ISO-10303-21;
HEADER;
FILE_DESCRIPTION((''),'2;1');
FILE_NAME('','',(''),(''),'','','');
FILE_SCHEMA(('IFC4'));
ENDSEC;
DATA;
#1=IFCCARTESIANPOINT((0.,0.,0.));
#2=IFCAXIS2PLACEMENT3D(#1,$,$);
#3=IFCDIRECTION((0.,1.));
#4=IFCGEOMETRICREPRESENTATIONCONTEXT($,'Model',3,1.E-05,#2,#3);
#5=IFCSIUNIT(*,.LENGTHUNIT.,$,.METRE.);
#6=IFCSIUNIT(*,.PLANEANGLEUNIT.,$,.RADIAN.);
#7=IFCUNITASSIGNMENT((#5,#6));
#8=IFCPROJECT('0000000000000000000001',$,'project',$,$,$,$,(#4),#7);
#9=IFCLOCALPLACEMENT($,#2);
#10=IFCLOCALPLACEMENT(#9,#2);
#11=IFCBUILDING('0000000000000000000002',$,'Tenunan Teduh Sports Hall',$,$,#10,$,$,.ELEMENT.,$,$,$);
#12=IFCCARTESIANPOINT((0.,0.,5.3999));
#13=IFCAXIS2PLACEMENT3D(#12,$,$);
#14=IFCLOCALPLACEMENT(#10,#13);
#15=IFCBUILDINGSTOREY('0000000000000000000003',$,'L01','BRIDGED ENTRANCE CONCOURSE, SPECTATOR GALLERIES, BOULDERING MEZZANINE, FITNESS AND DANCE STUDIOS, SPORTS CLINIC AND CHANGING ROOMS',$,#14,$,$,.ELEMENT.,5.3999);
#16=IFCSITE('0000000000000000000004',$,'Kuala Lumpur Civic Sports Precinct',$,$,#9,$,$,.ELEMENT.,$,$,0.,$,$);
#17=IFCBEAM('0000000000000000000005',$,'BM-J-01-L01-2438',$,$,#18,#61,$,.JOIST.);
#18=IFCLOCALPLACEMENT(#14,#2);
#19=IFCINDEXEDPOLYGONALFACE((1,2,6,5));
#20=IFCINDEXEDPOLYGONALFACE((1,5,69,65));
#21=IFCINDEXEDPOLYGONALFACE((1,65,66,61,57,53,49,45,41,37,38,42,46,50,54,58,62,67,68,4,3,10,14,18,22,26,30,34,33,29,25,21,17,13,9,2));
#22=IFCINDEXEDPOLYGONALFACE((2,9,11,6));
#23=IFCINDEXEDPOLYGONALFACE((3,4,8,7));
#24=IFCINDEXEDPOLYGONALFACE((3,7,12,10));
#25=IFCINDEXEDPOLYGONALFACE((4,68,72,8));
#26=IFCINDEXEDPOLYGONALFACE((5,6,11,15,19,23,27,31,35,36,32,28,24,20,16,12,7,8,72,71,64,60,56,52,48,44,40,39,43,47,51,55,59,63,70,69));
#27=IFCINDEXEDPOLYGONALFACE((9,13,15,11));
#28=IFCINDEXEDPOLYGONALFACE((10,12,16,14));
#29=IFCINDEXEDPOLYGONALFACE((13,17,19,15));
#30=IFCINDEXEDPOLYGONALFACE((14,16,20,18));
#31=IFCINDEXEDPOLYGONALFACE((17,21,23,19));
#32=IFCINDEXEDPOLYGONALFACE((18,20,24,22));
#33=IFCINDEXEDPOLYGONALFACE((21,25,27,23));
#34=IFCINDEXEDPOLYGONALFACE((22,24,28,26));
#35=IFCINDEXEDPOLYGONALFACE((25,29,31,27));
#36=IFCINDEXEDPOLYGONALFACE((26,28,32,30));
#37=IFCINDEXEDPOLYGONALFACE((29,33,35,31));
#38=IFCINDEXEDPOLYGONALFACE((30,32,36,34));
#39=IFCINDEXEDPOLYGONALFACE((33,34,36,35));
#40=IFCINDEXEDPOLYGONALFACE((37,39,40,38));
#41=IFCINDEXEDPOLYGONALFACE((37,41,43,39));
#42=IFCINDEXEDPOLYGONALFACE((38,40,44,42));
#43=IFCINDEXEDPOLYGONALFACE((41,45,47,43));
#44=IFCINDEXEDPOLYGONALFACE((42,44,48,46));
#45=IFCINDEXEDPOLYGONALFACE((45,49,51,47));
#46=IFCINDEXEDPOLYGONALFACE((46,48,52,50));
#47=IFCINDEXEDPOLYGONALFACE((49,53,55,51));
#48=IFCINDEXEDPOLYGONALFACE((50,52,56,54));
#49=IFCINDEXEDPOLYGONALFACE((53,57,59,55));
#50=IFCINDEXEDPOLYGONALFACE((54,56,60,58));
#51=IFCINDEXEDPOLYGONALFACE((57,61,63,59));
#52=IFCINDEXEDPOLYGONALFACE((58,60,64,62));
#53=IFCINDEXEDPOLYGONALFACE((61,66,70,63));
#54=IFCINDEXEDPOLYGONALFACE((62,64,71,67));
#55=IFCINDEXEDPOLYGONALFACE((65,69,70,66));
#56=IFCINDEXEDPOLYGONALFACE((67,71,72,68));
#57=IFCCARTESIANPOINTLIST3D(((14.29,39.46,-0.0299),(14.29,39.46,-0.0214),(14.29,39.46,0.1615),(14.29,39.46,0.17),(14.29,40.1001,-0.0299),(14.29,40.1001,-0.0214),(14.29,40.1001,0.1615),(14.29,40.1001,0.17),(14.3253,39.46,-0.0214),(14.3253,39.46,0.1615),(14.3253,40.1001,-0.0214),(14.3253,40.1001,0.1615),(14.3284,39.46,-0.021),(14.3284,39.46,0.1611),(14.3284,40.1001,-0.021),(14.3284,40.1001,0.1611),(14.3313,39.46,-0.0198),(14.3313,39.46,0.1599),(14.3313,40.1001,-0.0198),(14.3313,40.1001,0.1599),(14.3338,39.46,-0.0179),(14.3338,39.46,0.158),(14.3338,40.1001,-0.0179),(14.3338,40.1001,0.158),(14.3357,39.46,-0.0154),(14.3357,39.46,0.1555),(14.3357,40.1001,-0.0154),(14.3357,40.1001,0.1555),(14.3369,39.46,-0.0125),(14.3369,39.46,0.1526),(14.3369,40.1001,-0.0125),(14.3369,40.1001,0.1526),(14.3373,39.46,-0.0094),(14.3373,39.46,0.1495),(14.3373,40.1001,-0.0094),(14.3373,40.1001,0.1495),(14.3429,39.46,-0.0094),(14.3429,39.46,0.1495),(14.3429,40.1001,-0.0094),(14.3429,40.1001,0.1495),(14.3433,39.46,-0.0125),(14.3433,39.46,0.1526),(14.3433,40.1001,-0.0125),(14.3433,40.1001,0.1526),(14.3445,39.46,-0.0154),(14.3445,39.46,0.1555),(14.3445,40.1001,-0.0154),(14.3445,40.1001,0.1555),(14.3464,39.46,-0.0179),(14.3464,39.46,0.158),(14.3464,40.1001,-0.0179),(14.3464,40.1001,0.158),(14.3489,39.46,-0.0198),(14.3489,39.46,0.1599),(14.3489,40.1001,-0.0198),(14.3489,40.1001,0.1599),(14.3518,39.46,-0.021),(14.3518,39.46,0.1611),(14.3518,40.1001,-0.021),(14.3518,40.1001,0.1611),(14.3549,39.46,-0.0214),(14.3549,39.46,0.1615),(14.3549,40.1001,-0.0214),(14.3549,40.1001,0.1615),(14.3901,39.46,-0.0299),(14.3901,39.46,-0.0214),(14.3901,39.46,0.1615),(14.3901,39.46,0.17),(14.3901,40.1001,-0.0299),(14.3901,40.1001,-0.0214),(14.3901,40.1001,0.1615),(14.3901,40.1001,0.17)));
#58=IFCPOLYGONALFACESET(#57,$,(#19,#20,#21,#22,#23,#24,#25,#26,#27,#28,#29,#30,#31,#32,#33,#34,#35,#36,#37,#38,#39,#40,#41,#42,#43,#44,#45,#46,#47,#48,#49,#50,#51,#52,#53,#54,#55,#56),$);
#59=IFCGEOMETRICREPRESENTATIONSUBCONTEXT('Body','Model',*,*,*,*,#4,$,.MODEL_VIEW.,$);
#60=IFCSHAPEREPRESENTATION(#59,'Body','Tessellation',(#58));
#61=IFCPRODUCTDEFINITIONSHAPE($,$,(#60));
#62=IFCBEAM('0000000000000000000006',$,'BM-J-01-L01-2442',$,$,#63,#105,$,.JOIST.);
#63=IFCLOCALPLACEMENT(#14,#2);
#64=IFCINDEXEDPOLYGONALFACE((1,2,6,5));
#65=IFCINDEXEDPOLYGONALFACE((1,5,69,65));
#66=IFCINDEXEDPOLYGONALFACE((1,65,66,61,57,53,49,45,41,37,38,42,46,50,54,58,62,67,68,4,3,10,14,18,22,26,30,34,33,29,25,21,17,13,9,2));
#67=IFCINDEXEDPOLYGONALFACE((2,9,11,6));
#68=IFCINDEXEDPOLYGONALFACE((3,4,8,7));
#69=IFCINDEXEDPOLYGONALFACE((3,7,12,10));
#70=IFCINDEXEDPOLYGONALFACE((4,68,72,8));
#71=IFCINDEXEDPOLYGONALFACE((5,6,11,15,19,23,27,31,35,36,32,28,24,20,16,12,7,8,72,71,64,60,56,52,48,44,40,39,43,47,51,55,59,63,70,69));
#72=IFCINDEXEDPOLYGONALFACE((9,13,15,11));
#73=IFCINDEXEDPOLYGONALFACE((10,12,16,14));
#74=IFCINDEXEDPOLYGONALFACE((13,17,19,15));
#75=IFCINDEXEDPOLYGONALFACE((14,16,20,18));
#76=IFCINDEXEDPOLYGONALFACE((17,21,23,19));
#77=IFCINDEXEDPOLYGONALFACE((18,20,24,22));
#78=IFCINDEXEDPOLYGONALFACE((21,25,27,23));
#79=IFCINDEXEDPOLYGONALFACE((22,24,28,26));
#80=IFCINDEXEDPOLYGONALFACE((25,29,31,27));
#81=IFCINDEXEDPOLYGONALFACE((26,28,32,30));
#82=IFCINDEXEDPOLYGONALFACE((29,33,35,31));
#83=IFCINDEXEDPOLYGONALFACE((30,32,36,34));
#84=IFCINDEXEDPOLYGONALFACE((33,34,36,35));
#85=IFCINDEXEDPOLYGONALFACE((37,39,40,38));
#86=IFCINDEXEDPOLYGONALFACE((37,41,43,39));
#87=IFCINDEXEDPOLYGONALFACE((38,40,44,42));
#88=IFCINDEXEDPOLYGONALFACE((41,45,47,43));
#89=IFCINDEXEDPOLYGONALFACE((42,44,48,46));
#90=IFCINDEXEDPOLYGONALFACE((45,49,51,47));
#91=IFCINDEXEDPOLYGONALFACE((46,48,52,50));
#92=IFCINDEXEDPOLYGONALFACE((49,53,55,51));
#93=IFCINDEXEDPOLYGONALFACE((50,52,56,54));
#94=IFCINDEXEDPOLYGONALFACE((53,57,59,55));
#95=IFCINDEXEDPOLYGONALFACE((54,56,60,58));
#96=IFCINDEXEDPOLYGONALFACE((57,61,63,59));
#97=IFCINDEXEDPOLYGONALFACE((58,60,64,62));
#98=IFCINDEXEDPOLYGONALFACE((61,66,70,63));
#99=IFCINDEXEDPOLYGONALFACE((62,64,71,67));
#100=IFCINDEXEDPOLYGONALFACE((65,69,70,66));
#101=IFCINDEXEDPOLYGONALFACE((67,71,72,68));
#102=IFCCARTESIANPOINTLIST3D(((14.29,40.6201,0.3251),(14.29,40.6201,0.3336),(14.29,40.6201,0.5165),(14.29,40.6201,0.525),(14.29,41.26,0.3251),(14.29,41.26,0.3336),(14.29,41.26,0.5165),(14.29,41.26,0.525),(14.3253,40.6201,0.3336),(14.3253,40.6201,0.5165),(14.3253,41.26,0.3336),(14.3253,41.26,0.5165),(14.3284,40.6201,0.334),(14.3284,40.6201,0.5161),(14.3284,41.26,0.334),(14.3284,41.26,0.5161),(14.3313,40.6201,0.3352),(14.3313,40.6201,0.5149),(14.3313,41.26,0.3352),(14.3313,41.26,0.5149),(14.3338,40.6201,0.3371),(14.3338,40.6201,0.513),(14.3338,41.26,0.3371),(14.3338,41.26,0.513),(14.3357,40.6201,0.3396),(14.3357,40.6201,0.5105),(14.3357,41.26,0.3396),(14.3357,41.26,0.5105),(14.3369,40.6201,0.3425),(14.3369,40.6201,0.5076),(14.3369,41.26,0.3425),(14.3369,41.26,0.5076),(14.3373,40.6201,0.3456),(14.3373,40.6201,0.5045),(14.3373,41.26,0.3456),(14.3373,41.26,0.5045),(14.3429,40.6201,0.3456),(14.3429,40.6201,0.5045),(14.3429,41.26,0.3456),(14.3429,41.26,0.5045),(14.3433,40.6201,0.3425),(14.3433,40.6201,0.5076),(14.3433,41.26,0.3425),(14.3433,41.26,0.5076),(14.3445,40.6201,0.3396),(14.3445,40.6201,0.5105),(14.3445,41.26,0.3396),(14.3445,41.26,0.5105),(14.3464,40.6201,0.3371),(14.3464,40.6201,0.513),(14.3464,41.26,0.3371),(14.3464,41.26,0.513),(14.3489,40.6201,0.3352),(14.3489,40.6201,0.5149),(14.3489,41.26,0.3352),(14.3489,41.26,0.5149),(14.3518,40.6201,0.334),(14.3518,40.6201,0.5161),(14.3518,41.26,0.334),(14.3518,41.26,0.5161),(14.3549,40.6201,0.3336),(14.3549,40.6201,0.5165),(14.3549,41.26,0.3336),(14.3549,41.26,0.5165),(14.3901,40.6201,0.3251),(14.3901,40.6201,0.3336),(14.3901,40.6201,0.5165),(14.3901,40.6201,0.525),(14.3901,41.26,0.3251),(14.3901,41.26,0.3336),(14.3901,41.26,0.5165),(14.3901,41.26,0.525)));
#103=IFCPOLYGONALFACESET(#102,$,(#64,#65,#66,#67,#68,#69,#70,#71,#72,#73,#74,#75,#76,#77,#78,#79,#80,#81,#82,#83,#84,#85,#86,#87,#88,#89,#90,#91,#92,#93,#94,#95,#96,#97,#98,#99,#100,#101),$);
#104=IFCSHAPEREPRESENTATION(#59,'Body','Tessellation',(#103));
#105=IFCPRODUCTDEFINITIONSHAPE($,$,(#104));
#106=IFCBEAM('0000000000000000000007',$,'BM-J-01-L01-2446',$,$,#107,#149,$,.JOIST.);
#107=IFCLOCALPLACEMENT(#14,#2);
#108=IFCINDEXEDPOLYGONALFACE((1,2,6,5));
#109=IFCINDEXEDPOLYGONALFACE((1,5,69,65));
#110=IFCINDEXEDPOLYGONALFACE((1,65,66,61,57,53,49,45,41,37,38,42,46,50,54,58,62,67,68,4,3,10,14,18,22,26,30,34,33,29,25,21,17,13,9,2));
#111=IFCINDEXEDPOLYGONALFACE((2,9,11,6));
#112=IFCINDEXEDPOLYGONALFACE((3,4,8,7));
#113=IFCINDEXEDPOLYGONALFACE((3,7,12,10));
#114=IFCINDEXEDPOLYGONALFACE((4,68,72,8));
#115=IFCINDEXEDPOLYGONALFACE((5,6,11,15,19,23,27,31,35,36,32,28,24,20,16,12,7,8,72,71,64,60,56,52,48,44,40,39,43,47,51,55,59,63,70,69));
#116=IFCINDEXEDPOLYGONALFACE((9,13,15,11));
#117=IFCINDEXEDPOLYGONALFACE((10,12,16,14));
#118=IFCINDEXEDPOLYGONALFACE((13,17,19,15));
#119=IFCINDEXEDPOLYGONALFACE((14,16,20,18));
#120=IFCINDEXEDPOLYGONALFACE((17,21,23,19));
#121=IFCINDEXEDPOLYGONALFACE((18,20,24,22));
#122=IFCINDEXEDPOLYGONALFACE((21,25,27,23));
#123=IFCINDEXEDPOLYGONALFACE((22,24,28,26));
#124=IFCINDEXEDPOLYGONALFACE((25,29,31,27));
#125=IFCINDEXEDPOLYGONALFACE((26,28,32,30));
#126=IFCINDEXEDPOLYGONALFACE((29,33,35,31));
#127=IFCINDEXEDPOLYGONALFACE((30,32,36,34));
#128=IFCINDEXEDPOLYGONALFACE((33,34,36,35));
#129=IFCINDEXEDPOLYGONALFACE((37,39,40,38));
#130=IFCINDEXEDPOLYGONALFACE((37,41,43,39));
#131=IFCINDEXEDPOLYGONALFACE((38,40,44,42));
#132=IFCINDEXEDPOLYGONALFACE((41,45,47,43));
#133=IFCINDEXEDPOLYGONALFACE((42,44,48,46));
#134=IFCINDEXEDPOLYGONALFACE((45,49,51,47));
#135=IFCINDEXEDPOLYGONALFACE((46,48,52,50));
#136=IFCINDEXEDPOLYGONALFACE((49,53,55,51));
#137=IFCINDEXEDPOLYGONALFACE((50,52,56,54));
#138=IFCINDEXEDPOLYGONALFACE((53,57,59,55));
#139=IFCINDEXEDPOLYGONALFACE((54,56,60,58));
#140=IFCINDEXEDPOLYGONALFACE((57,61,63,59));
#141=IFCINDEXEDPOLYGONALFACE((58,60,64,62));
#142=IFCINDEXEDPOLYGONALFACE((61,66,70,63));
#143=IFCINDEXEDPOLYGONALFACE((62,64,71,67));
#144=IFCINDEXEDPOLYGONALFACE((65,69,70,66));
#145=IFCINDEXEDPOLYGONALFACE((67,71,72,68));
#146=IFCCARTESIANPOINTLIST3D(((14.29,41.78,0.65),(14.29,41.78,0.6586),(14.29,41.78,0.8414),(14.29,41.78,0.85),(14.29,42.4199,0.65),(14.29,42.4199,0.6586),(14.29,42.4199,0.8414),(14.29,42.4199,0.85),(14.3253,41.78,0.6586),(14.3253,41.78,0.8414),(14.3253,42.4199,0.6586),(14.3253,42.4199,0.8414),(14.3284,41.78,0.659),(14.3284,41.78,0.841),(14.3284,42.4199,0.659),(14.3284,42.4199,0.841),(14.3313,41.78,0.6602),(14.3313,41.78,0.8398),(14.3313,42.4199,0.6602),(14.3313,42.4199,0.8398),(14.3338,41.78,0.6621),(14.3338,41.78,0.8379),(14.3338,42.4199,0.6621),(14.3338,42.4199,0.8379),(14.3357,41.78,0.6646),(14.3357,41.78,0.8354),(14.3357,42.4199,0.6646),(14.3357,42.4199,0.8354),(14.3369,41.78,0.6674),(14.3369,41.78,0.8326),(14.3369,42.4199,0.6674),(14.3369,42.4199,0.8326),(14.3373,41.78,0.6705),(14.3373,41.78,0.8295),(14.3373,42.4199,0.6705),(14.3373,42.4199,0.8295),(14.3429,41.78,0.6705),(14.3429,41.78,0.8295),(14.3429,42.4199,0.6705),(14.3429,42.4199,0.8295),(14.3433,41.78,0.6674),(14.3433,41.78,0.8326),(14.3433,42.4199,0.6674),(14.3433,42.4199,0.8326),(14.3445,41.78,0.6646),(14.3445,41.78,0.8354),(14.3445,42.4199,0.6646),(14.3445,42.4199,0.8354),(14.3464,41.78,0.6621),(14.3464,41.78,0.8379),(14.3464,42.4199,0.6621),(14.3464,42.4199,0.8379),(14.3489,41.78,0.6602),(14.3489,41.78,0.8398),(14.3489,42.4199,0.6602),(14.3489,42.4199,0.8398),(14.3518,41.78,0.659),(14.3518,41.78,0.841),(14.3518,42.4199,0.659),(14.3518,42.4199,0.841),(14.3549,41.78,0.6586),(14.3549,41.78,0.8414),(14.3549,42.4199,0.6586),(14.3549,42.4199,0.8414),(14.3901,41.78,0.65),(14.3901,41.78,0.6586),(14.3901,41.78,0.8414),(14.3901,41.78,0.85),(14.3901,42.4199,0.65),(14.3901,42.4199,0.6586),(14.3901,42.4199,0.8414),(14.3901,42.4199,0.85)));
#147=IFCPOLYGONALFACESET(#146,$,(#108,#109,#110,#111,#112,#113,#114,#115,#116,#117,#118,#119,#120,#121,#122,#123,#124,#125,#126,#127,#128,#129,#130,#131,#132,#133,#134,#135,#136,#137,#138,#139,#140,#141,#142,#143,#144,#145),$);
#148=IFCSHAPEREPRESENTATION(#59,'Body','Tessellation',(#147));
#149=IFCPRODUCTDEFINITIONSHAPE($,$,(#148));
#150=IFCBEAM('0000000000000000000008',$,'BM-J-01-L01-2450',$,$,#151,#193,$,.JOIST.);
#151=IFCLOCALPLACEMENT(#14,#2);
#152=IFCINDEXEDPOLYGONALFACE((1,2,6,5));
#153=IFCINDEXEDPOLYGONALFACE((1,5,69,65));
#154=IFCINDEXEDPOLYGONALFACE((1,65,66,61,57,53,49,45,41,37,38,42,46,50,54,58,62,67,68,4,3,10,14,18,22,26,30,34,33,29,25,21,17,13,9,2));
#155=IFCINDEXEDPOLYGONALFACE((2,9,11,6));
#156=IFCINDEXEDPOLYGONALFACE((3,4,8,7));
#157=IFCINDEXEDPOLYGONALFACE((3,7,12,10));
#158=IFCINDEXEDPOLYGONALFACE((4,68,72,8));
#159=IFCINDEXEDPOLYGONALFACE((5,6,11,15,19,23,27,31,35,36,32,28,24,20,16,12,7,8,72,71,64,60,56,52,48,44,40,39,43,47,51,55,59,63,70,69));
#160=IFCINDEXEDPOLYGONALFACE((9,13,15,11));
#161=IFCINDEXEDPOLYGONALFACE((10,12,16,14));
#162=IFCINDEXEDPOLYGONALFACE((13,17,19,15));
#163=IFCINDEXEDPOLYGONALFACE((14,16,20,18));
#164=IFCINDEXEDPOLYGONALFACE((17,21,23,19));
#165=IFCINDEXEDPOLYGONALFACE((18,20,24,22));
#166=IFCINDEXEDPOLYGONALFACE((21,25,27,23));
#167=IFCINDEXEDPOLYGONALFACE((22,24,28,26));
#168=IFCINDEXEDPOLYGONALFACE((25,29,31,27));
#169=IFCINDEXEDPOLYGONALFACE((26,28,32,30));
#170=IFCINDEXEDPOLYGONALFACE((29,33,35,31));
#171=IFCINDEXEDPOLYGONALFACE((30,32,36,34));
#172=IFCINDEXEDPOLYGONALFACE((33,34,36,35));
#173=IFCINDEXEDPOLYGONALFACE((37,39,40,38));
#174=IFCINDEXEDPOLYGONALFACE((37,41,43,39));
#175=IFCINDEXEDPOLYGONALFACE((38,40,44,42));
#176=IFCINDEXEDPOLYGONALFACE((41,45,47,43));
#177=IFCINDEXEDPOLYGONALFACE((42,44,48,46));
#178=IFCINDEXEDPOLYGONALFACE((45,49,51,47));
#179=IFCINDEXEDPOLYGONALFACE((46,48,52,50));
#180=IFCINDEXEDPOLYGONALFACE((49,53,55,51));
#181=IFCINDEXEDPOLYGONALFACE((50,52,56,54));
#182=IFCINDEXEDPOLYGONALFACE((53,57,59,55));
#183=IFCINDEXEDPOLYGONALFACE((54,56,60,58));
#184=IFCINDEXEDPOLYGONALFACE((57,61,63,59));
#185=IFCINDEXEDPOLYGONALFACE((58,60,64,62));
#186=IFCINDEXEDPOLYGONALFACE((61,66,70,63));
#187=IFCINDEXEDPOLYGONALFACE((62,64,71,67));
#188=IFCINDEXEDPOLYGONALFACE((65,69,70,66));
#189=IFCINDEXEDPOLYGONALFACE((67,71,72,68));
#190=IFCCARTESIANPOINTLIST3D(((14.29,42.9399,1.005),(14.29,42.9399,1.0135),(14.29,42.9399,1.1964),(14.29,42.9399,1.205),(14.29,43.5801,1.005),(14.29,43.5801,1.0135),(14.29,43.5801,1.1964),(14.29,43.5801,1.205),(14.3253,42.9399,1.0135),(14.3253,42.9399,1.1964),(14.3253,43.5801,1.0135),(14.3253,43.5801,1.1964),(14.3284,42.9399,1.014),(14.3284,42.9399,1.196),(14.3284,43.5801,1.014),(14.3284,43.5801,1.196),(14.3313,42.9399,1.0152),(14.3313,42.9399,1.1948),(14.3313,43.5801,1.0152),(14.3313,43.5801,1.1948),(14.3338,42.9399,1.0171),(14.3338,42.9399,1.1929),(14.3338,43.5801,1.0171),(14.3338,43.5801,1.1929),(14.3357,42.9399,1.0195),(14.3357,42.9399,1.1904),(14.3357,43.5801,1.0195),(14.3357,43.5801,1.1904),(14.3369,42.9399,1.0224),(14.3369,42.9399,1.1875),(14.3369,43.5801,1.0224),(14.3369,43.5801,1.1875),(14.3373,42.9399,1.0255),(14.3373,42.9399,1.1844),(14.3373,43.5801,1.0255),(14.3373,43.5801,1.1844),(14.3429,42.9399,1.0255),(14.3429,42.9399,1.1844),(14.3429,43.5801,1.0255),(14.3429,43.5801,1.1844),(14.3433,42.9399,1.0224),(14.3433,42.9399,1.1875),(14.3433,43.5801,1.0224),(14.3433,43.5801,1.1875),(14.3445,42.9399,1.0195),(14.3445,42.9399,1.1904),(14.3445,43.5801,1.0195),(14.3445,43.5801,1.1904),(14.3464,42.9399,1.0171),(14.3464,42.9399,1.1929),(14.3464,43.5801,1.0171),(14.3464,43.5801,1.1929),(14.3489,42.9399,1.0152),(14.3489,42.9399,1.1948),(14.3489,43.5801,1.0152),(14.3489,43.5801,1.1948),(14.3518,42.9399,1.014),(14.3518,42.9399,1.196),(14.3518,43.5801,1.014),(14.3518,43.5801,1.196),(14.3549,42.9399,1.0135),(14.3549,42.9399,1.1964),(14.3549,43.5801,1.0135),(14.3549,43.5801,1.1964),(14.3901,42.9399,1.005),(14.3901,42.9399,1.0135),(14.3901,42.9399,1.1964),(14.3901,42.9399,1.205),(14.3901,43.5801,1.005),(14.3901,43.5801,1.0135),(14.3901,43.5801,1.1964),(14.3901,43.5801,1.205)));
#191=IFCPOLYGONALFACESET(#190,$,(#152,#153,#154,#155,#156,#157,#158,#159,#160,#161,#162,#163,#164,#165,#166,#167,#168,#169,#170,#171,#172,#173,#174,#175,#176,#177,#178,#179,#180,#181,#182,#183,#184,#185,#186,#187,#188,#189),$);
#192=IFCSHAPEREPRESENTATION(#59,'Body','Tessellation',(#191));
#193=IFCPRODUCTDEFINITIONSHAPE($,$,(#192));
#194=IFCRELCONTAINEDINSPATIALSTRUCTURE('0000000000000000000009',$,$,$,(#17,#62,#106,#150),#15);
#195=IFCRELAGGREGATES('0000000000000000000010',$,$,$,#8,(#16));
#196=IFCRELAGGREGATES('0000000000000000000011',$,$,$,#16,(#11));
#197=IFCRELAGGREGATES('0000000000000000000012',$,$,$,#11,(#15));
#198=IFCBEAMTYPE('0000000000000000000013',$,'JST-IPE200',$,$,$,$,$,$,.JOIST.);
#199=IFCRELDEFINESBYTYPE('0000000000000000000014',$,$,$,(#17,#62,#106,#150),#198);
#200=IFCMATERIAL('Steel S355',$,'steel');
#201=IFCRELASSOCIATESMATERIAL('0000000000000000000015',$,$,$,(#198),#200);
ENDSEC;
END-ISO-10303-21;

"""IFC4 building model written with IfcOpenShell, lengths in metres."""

from ifc_helpers import new_model, si_unit, direction, frame, origin, origin_2d, place, context, subcontext, project, spatial, i_section, extrude, material, material_profile, profile_set, type_object, element, save


model = new_model("IFC4")

# Units and contexts
model_context = context("Model", 3, precision=1e-05, world=origin(), true_north=direction((0.0, 1.0)))
body_context = subcontext(model_context, "Body", "Model", "MODEL_VIEW")
ifc_project = project(units=[si_unit("LENGTHUNIT", "METRE"), si_unit("PLANEANGLEUNIT", "RADIAN")], contexts=[model_context])

# Site, building, storey
site_placement = place(None, origin())
site = spatial("IfcSite", under=ifc_project, at=site_placement, Name="Kuala Lumpur Civic Sports Precinct", CompositionType="ELEMENT", RefElevation=0.0)
building_placement = place(site_placement, origin())
building = spatial("IfcBuilding", under=site, at=building_placement, Name="Tenunan Teduh Sports Hall", CompositionType="ELEMENT")
storey_placement = place(building_placement, frame((0.0, 0.0, 5.3999)))
storey = spatial("IfcBuildingStorey", under=building, at=storey_placement, Name="L01", Description="BRIDGED ENTRANCE CONCOURSE, SPECTATOR GALLERIES, BOULDERING MEZZANINE, FITNESS AND DANCE STUDIOS, SPORTS CLINIC AND CHANGING ROOMS", CompositionType="ELEMENT", Elevation=5.3999)

# Beams
ifc_material_1 = material(Name="Steel S355", Category="steel")
ifc_material_profile_1 = material_profile(ifc_material_1, i_section(OverallWidth=0.1001, OverallDepth=0.2, WebThickness=0.0056, FlangeThickness=0.0085, FilletRadius=0.012, at=origin_2d()), Name="IPE 200")
ifc_profile_set_1 = profile_set([ifc_material_profile_1], Name="Steel S355")
beam_type_1 = type_object("IfcBeamType", Name="JST-IPE200", PredefinedType="JOIST", material=ifc_profile_set_1)
for number, where, z_axis, x_axis, name in (
    (1, (14.3401, 39.46, 0.0701), (0.0, 1.0, 0.0), (-1.0, 0.0, 0.0), "BM-J-01-L01-2438"),
):
    element("IfcBeam", number, at=place(storey_placement, frame(where, z_axis=z_axis, x_axis=x_axis)), inside=storey, type_object=beam_type_1, Name=name, PredefinedType="JOIST", context=body_context, shape_type="SweptSolid", body=[
        extrude(i_section(OverallWidth=0.1001, OverallDepth=0.2, WebThickness=0.0056, FlangeThickness=0.0085, FilletRadius=0.012, at=origin_2d()), origin(), (0.0, 0.0, 1.0), 0.6401),
    ])
for number, where, z_axis, x_axis, name in (
    (2, (14.3401, 40.6201, 0.425), (0.0, 1.0, 0.0), (-1.0, 0.0, 0.0), "BM-J-01-L01-2442"),
    (3, (14.3401, 41.78, 0.75), (0.0, 1.0, 0.0), (-1.0, 0.0, 0.0), "BM-J-01-L01-2446"),
):
    element("IfcBeam", number, at=place(storey_placement, frame(where, z_axis=z_axis, x_axis=x_axis)), inside=storey, type_object=beam_type_1, Name=name, PredefinedType="JOIST", context=body_context, shape_type="SweptSolid", body=[
        extrude(i_section(OverallWidth=0.1001, OverallDepth=0.2, WebThickness=0.0056, FlangeThickness=0.0085, FilletRadius=0.012, at=origin_2d()), origin(), (0.0, 0.0, 1.0), 0.6399),
    ])
beam_1_placement = place(storey_placement, frame((14.3401, 42.9399, 1.105), z_axis=(0.0, 1.0, 0.0), x_axis=(-1.0, 0.0, 0.0)))
element("IfcBeam", 4, at=beam_1_placement, inside=storey, type_object=beam_type_1, Name="BM-J-01-L01-2450", PredefinedType="JOIST", context=body_context, shape_type="SweptSolid", body=[
    extrude(i_section(OverallWidth=0.1001, OverallDepth=0.2, WebThickness=0.0056, FlangeThickness=0.0085, FilletRadius=0.012, at=origin_2d()), origin(), (0.0, 0.0, 1.0), 0.6401),
])

save(model, "model.ifc")
